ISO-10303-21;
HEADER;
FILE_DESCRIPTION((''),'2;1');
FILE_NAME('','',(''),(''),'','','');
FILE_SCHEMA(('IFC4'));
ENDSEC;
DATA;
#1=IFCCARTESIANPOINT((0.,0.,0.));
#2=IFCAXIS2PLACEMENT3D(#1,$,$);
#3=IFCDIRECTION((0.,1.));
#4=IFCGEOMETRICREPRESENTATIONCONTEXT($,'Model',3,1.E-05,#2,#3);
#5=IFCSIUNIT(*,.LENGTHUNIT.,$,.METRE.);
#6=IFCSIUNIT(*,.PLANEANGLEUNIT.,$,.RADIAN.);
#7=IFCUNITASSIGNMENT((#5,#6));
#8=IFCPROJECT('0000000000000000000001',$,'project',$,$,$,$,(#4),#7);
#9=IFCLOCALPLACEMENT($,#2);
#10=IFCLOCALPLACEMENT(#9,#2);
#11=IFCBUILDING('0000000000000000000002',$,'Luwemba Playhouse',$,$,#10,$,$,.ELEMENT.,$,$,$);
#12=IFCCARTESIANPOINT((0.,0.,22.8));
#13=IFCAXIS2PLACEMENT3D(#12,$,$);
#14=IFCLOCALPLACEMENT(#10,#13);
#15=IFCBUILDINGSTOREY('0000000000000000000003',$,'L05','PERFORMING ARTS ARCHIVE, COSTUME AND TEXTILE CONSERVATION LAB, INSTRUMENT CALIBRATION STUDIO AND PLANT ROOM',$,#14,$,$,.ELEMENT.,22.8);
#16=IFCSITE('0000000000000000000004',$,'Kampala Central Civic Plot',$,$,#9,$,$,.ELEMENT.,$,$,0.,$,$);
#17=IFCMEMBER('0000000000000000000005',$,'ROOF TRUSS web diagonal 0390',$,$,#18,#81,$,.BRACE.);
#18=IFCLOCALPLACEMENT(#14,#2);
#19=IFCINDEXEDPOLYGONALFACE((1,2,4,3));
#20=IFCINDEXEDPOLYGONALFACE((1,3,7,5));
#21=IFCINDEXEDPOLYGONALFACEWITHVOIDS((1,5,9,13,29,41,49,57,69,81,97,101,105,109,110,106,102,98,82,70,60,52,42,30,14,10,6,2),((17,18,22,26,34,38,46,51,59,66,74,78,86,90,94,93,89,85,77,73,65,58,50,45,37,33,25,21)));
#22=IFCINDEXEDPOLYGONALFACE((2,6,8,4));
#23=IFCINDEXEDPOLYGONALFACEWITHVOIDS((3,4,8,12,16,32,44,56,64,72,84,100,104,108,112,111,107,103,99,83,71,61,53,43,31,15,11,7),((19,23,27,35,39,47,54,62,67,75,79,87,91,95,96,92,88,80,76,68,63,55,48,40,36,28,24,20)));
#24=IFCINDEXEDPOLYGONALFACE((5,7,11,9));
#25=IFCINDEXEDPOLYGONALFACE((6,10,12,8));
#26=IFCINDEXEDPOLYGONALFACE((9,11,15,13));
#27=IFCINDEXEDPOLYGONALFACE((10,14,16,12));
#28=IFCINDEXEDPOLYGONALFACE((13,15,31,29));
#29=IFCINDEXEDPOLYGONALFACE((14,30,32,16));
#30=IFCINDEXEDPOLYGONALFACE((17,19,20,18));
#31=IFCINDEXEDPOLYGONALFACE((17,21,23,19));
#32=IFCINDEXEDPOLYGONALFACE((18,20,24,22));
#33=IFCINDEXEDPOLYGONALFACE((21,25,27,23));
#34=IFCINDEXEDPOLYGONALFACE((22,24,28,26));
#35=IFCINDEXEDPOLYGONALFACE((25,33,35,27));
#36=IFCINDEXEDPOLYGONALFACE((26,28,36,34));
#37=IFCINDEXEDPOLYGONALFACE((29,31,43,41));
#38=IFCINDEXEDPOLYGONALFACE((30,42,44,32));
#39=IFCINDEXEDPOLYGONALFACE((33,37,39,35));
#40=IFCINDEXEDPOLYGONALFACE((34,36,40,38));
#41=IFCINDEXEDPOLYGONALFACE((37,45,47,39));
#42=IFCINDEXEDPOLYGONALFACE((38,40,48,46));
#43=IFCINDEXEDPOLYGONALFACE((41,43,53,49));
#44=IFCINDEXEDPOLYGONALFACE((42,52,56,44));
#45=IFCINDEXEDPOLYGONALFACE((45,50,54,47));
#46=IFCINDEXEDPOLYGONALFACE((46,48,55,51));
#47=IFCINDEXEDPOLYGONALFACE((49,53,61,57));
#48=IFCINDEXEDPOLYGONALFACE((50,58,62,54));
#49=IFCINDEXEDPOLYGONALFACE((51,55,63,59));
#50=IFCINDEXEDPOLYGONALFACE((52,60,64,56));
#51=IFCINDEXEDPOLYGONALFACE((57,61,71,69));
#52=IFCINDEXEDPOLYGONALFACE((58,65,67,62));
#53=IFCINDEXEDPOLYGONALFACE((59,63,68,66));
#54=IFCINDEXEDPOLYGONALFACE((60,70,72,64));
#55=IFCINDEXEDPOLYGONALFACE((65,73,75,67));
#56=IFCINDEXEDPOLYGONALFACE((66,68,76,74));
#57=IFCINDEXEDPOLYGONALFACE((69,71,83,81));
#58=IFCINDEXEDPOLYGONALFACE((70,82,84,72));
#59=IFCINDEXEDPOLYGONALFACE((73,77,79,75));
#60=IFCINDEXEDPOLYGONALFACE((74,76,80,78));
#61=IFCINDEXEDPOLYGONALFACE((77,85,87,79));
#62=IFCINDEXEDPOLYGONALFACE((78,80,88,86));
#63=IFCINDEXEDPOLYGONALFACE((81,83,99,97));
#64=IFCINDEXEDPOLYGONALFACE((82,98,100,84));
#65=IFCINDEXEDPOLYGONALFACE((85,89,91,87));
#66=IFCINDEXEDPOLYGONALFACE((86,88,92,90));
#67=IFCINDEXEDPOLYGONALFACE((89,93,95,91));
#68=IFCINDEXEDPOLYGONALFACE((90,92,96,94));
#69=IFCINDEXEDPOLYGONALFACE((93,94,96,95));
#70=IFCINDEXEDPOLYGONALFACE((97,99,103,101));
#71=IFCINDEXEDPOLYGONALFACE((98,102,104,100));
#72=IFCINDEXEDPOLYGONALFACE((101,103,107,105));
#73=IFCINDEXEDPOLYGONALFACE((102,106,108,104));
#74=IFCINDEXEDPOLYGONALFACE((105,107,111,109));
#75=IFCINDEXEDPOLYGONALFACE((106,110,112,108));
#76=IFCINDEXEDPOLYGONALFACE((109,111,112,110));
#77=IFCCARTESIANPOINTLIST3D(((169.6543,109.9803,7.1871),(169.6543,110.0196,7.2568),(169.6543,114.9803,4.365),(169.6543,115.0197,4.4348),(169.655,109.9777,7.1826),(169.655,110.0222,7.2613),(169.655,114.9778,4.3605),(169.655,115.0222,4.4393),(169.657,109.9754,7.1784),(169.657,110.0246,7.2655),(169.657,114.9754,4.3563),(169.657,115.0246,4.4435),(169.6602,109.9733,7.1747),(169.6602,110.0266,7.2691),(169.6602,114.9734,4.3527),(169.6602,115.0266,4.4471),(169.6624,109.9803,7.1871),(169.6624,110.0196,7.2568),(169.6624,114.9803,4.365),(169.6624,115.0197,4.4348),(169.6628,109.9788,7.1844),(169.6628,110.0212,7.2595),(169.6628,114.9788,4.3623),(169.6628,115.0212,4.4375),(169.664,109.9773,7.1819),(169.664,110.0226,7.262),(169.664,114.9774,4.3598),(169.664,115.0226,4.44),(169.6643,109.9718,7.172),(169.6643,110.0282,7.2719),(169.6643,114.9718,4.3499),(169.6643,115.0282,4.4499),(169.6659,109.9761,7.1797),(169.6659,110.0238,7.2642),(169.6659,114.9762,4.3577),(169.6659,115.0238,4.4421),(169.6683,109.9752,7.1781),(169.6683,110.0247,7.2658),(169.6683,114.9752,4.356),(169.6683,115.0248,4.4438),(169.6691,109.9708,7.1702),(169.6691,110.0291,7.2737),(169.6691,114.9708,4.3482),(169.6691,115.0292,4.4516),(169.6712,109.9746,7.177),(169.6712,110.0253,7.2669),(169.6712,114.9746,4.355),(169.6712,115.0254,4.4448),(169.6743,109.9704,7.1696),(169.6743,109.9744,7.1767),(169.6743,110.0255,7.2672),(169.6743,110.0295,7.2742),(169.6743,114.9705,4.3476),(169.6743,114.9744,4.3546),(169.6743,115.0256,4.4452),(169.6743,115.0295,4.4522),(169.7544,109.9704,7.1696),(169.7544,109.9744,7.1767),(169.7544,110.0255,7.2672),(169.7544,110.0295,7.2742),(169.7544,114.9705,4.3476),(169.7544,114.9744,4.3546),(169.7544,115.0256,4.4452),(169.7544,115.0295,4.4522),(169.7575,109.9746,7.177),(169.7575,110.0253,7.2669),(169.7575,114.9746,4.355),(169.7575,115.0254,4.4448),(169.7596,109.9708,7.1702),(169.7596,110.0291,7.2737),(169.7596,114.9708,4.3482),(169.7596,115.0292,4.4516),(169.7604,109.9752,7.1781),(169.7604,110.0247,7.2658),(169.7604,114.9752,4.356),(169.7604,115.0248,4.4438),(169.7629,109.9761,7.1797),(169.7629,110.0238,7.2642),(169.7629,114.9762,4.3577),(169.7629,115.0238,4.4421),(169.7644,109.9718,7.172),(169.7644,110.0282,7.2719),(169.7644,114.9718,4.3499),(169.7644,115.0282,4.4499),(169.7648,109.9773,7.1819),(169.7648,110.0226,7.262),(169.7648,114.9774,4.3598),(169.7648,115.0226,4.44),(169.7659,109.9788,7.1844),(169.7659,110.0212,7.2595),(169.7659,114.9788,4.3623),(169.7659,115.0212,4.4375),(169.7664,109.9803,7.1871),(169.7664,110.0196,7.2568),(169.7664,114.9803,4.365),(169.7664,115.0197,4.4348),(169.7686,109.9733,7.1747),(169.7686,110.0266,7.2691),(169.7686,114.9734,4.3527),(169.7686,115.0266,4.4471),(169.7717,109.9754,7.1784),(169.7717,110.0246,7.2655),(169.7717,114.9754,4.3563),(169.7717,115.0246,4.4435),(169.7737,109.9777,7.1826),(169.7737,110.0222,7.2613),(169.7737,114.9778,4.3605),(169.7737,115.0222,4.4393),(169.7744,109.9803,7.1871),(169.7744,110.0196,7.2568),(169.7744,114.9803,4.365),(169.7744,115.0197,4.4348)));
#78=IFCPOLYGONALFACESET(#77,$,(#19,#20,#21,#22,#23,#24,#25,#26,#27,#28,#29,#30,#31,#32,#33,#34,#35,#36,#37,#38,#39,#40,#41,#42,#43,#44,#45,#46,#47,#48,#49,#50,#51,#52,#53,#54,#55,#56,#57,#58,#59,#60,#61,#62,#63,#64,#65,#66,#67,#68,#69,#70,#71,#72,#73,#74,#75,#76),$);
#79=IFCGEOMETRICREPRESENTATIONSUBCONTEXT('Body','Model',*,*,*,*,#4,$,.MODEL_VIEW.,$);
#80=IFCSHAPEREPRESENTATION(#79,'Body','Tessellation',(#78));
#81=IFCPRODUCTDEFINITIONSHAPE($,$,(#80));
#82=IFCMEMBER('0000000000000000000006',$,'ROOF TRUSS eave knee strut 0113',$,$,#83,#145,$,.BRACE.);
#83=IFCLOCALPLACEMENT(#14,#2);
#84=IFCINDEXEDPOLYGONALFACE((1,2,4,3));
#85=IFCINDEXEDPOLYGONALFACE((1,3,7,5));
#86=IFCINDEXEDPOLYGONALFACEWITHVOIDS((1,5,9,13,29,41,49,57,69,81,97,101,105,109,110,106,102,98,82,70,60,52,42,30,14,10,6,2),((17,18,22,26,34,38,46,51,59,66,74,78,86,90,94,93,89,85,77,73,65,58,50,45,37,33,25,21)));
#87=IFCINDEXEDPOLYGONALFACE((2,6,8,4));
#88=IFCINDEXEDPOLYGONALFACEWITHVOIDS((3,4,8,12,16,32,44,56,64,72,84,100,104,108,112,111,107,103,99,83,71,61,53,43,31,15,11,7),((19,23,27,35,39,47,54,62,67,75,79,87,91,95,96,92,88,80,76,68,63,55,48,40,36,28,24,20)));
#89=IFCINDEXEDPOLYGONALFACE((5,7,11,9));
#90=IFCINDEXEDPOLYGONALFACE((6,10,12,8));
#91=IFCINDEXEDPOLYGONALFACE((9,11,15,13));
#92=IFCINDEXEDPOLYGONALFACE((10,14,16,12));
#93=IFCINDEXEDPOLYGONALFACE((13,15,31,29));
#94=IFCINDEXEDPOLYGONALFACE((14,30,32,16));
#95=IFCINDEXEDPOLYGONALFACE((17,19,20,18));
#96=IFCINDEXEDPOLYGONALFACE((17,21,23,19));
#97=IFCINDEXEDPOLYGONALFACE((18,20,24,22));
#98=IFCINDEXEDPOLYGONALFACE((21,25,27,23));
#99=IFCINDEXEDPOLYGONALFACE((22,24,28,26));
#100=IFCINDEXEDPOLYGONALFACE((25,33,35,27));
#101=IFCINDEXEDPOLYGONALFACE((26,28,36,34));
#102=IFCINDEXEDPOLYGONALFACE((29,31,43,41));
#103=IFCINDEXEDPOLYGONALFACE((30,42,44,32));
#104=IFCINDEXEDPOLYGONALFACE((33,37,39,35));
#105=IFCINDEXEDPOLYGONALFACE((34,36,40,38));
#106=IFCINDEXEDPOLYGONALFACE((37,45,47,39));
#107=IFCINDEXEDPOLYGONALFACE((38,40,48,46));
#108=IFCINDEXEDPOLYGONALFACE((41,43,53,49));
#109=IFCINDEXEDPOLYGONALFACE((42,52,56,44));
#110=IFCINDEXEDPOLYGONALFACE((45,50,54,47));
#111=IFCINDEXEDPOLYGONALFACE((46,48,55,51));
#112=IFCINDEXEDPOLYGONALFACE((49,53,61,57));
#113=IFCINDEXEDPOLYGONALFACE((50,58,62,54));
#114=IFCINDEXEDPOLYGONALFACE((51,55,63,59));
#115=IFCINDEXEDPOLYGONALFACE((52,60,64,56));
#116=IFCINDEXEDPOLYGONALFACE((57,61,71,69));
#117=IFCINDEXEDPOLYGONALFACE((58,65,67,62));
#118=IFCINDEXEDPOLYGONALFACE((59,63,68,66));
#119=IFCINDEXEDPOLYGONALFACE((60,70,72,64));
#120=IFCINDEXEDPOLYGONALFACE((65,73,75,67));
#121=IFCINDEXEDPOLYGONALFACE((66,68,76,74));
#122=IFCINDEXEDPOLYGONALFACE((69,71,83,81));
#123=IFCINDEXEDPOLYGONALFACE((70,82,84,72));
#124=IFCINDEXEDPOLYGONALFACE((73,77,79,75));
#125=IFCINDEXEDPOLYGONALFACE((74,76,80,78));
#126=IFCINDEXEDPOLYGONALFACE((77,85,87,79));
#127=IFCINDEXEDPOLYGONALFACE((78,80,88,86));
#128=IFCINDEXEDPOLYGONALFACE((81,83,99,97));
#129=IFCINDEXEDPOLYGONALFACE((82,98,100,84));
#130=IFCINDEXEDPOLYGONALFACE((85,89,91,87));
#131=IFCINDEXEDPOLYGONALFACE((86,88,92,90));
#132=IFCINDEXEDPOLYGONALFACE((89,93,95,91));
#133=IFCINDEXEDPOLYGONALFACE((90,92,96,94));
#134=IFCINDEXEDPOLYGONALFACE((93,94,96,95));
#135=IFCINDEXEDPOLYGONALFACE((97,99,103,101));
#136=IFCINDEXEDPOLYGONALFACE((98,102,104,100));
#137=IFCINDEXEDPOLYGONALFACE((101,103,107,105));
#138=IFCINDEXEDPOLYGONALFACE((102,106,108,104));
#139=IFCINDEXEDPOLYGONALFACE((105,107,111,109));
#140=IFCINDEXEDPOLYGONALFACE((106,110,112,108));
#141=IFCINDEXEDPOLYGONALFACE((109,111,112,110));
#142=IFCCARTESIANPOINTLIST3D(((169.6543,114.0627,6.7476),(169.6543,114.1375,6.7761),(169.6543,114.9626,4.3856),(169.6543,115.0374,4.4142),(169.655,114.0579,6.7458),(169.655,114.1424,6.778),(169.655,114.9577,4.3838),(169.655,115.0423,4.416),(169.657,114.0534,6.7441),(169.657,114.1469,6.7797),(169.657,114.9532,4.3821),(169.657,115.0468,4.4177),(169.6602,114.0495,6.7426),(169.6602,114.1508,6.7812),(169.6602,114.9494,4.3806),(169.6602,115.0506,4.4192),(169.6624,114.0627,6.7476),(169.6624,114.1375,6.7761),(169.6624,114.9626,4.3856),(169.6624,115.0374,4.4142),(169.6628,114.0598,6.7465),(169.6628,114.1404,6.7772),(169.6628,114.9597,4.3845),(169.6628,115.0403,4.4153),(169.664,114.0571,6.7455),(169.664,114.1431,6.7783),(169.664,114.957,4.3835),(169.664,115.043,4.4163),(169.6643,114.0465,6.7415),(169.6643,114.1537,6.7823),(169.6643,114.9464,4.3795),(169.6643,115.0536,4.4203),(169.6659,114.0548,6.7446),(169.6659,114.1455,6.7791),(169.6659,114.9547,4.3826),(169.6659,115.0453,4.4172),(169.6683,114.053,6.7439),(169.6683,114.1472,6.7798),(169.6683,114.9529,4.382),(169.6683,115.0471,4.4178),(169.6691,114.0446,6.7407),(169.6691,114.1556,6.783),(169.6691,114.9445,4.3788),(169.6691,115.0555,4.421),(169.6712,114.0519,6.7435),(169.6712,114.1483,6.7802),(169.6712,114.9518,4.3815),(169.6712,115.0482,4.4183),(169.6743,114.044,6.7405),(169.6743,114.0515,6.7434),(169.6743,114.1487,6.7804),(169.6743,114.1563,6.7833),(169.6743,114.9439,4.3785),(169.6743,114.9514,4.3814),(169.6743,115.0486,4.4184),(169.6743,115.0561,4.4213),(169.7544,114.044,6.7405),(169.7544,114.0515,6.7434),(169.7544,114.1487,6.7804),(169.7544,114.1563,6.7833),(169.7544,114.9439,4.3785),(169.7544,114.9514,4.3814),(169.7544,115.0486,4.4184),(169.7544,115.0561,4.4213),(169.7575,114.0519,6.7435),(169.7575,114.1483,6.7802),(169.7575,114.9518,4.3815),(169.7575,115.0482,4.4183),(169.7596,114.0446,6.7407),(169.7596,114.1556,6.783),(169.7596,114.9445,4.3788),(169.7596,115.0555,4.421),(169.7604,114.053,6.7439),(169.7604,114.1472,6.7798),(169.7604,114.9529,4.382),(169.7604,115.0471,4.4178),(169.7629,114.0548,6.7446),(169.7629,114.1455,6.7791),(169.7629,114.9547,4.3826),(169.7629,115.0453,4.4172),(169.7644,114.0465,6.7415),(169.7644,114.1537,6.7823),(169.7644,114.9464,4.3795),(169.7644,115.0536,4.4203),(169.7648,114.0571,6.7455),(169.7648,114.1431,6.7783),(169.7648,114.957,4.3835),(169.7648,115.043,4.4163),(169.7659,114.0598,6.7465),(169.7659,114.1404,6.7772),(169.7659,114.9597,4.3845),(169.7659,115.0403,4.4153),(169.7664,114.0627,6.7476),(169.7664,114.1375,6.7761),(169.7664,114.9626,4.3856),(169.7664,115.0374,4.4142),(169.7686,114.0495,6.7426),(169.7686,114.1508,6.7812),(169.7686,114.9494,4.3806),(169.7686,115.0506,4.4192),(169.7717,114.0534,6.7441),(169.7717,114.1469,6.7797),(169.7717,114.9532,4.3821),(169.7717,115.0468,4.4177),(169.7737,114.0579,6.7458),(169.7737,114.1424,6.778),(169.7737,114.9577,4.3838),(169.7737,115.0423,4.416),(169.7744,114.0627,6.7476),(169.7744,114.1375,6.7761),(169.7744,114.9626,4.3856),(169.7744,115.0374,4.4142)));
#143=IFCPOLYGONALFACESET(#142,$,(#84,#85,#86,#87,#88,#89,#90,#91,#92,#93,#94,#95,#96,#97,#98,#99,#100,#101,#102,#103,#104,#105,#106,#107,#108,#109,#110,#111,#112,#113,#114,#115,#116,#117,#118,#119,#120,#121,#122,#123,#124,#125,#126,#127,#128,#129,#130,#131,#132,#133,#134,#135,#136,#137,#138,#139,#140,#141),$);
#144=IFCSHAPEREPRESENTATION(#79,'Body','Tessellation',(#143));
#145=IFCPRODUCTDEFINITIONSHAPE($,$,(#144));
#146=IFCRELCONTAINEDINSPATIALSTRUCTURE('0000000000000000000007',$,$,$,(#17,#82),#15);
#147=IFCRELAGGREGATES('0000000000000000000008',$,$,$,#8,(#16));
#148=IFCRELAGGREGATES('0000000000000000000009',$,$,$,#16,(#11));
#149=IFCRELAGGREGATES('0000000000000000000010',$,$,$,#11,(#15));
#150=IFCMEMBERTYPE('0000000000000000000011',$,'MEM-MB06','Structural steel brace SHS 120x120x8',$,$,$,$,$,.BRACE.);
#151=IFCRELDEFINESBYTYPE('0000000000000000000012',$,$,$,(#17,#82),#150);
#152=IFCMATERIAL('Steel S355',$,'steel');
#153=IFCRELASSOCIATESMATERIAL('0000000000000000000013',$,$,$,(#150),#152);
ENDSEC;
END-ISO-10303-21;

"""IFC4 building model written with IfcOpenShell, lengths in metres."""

from ifc_helpers import new_model, si_unit, direction, frame, origin, origin_2d, place, context, subcontext, project, spatial, hollow_rectangle, extrude, material, material_profile, profile_set, type_object, element, save


model = new_model("IFC4")

# Units and contexts
model_context = context("Model", 3, precision=1e-05, world=origin(), true_north=direction((0.0, 1.0)))
body_context = subcontext(model_context, "Body", "Model", "MODEL_VIEW")
ifc_project = project(units=[si_unit("LENGTHUNIT", "METRE"), si_unit("PLANEANGLEUNIT", "RADIAN")], contexts=[model_context])

# Site, building, storey
site_placement = place(None, origin())
site = spatial("IfcSite", under=ifc_project, at=site_placement, Name="Kampala Central Civic Plot", CompositionType="ELEMENT", RefElevation=0.0)
building_placement = place(site_placement, origin())
building = spatial("IfcBuilding", under=site, at=building_placement, Name="Luwemba Playhouse", CompositionType="ELEMENT")
storey_placement = place(building_placement, frame((0.0, 0.0, 22.8)))
storey = spatial("IfcBuildingStorey", under=building, at=storey_placement, Name="L05", Description="PERFORMING ARTS ARCHIVE, COSTUME AND TEXTILE CONSERVATION LAB, INSTRUMENT CALIBRATION STUDIO AND PLANT ROOM", CompositionType="ELEMENT", Elevation=22.8)

# Shared definitions
ifc_material_1 = material(Name="Steel S355", Category="steel")

# Members
ifc_material_profile_1 = material_profile(ifc_material_1, hollow_rectangle(XDim=0.1201, YDim=0.1201, WallThickness=0.0081, InnerFilletRadius=0.012, OuterFilletRadius=0.02, at=origin_2d()))
ifc_profile_set_1 = profile_set([ifc_material_profile_1], Name="Steel S355")
member_type_1 = type_object("IfcMemberType", Name="MEM-MB06", Description="Structural steel brace SHS 120x120x8", PredefinedType="BRACE", material=ifc_profile_set_1)
member_1_placement = place(storey_placement, frame((169.7144, 115.0, 4.3999), z_axis=(0.0, -0.870866, 0.491521), x_axis=(1.0, 0.0, 0.0)))
element("IfcMember", 1, at=member_1_placement, inside=storey, type_object=member_type_1, Name="ROOF TRUSS web diagonal 0390", PredefinedType="BRACE", context=body_context, shape_type="SweptSolid", body=[
    extrude(hollow_rectangle(XDim=0.1201, YDim=0.1201, WallThickness=0.0081, InnerFilletRadius=0.012, OuterFilletRadius=0.02, at=origin_2d()), origin(), (0.0, 0.0, 1.0), 5.7415),
])
member_2_placement = place(storey_placement, frame((169.7144, 115.0, 4.3999), z_axis=(0.0, -0.356019, 0.934479), x_axis=(1.0, 0.0, 0.0)))
element("IfcMember", 2, at=member_2_placement, inside=storey, type_object=member_type_1, Name="ROOF TRUSS eave knee strut 0113", PredefinedType="BRACE", context=body_context, shape_type="SweptSolid", body=[
    extrude(hollow_rectangle(XDim=0.1201, YDim=0.1201, WallThickness=0.0081, InnerFilletRadius=0.012, OuterFilletRadius=0.02, at=origin_2d()), origin(), (0.0, 0.0, 1.0), 2.5276),
])

save(model, "model.ifc")
